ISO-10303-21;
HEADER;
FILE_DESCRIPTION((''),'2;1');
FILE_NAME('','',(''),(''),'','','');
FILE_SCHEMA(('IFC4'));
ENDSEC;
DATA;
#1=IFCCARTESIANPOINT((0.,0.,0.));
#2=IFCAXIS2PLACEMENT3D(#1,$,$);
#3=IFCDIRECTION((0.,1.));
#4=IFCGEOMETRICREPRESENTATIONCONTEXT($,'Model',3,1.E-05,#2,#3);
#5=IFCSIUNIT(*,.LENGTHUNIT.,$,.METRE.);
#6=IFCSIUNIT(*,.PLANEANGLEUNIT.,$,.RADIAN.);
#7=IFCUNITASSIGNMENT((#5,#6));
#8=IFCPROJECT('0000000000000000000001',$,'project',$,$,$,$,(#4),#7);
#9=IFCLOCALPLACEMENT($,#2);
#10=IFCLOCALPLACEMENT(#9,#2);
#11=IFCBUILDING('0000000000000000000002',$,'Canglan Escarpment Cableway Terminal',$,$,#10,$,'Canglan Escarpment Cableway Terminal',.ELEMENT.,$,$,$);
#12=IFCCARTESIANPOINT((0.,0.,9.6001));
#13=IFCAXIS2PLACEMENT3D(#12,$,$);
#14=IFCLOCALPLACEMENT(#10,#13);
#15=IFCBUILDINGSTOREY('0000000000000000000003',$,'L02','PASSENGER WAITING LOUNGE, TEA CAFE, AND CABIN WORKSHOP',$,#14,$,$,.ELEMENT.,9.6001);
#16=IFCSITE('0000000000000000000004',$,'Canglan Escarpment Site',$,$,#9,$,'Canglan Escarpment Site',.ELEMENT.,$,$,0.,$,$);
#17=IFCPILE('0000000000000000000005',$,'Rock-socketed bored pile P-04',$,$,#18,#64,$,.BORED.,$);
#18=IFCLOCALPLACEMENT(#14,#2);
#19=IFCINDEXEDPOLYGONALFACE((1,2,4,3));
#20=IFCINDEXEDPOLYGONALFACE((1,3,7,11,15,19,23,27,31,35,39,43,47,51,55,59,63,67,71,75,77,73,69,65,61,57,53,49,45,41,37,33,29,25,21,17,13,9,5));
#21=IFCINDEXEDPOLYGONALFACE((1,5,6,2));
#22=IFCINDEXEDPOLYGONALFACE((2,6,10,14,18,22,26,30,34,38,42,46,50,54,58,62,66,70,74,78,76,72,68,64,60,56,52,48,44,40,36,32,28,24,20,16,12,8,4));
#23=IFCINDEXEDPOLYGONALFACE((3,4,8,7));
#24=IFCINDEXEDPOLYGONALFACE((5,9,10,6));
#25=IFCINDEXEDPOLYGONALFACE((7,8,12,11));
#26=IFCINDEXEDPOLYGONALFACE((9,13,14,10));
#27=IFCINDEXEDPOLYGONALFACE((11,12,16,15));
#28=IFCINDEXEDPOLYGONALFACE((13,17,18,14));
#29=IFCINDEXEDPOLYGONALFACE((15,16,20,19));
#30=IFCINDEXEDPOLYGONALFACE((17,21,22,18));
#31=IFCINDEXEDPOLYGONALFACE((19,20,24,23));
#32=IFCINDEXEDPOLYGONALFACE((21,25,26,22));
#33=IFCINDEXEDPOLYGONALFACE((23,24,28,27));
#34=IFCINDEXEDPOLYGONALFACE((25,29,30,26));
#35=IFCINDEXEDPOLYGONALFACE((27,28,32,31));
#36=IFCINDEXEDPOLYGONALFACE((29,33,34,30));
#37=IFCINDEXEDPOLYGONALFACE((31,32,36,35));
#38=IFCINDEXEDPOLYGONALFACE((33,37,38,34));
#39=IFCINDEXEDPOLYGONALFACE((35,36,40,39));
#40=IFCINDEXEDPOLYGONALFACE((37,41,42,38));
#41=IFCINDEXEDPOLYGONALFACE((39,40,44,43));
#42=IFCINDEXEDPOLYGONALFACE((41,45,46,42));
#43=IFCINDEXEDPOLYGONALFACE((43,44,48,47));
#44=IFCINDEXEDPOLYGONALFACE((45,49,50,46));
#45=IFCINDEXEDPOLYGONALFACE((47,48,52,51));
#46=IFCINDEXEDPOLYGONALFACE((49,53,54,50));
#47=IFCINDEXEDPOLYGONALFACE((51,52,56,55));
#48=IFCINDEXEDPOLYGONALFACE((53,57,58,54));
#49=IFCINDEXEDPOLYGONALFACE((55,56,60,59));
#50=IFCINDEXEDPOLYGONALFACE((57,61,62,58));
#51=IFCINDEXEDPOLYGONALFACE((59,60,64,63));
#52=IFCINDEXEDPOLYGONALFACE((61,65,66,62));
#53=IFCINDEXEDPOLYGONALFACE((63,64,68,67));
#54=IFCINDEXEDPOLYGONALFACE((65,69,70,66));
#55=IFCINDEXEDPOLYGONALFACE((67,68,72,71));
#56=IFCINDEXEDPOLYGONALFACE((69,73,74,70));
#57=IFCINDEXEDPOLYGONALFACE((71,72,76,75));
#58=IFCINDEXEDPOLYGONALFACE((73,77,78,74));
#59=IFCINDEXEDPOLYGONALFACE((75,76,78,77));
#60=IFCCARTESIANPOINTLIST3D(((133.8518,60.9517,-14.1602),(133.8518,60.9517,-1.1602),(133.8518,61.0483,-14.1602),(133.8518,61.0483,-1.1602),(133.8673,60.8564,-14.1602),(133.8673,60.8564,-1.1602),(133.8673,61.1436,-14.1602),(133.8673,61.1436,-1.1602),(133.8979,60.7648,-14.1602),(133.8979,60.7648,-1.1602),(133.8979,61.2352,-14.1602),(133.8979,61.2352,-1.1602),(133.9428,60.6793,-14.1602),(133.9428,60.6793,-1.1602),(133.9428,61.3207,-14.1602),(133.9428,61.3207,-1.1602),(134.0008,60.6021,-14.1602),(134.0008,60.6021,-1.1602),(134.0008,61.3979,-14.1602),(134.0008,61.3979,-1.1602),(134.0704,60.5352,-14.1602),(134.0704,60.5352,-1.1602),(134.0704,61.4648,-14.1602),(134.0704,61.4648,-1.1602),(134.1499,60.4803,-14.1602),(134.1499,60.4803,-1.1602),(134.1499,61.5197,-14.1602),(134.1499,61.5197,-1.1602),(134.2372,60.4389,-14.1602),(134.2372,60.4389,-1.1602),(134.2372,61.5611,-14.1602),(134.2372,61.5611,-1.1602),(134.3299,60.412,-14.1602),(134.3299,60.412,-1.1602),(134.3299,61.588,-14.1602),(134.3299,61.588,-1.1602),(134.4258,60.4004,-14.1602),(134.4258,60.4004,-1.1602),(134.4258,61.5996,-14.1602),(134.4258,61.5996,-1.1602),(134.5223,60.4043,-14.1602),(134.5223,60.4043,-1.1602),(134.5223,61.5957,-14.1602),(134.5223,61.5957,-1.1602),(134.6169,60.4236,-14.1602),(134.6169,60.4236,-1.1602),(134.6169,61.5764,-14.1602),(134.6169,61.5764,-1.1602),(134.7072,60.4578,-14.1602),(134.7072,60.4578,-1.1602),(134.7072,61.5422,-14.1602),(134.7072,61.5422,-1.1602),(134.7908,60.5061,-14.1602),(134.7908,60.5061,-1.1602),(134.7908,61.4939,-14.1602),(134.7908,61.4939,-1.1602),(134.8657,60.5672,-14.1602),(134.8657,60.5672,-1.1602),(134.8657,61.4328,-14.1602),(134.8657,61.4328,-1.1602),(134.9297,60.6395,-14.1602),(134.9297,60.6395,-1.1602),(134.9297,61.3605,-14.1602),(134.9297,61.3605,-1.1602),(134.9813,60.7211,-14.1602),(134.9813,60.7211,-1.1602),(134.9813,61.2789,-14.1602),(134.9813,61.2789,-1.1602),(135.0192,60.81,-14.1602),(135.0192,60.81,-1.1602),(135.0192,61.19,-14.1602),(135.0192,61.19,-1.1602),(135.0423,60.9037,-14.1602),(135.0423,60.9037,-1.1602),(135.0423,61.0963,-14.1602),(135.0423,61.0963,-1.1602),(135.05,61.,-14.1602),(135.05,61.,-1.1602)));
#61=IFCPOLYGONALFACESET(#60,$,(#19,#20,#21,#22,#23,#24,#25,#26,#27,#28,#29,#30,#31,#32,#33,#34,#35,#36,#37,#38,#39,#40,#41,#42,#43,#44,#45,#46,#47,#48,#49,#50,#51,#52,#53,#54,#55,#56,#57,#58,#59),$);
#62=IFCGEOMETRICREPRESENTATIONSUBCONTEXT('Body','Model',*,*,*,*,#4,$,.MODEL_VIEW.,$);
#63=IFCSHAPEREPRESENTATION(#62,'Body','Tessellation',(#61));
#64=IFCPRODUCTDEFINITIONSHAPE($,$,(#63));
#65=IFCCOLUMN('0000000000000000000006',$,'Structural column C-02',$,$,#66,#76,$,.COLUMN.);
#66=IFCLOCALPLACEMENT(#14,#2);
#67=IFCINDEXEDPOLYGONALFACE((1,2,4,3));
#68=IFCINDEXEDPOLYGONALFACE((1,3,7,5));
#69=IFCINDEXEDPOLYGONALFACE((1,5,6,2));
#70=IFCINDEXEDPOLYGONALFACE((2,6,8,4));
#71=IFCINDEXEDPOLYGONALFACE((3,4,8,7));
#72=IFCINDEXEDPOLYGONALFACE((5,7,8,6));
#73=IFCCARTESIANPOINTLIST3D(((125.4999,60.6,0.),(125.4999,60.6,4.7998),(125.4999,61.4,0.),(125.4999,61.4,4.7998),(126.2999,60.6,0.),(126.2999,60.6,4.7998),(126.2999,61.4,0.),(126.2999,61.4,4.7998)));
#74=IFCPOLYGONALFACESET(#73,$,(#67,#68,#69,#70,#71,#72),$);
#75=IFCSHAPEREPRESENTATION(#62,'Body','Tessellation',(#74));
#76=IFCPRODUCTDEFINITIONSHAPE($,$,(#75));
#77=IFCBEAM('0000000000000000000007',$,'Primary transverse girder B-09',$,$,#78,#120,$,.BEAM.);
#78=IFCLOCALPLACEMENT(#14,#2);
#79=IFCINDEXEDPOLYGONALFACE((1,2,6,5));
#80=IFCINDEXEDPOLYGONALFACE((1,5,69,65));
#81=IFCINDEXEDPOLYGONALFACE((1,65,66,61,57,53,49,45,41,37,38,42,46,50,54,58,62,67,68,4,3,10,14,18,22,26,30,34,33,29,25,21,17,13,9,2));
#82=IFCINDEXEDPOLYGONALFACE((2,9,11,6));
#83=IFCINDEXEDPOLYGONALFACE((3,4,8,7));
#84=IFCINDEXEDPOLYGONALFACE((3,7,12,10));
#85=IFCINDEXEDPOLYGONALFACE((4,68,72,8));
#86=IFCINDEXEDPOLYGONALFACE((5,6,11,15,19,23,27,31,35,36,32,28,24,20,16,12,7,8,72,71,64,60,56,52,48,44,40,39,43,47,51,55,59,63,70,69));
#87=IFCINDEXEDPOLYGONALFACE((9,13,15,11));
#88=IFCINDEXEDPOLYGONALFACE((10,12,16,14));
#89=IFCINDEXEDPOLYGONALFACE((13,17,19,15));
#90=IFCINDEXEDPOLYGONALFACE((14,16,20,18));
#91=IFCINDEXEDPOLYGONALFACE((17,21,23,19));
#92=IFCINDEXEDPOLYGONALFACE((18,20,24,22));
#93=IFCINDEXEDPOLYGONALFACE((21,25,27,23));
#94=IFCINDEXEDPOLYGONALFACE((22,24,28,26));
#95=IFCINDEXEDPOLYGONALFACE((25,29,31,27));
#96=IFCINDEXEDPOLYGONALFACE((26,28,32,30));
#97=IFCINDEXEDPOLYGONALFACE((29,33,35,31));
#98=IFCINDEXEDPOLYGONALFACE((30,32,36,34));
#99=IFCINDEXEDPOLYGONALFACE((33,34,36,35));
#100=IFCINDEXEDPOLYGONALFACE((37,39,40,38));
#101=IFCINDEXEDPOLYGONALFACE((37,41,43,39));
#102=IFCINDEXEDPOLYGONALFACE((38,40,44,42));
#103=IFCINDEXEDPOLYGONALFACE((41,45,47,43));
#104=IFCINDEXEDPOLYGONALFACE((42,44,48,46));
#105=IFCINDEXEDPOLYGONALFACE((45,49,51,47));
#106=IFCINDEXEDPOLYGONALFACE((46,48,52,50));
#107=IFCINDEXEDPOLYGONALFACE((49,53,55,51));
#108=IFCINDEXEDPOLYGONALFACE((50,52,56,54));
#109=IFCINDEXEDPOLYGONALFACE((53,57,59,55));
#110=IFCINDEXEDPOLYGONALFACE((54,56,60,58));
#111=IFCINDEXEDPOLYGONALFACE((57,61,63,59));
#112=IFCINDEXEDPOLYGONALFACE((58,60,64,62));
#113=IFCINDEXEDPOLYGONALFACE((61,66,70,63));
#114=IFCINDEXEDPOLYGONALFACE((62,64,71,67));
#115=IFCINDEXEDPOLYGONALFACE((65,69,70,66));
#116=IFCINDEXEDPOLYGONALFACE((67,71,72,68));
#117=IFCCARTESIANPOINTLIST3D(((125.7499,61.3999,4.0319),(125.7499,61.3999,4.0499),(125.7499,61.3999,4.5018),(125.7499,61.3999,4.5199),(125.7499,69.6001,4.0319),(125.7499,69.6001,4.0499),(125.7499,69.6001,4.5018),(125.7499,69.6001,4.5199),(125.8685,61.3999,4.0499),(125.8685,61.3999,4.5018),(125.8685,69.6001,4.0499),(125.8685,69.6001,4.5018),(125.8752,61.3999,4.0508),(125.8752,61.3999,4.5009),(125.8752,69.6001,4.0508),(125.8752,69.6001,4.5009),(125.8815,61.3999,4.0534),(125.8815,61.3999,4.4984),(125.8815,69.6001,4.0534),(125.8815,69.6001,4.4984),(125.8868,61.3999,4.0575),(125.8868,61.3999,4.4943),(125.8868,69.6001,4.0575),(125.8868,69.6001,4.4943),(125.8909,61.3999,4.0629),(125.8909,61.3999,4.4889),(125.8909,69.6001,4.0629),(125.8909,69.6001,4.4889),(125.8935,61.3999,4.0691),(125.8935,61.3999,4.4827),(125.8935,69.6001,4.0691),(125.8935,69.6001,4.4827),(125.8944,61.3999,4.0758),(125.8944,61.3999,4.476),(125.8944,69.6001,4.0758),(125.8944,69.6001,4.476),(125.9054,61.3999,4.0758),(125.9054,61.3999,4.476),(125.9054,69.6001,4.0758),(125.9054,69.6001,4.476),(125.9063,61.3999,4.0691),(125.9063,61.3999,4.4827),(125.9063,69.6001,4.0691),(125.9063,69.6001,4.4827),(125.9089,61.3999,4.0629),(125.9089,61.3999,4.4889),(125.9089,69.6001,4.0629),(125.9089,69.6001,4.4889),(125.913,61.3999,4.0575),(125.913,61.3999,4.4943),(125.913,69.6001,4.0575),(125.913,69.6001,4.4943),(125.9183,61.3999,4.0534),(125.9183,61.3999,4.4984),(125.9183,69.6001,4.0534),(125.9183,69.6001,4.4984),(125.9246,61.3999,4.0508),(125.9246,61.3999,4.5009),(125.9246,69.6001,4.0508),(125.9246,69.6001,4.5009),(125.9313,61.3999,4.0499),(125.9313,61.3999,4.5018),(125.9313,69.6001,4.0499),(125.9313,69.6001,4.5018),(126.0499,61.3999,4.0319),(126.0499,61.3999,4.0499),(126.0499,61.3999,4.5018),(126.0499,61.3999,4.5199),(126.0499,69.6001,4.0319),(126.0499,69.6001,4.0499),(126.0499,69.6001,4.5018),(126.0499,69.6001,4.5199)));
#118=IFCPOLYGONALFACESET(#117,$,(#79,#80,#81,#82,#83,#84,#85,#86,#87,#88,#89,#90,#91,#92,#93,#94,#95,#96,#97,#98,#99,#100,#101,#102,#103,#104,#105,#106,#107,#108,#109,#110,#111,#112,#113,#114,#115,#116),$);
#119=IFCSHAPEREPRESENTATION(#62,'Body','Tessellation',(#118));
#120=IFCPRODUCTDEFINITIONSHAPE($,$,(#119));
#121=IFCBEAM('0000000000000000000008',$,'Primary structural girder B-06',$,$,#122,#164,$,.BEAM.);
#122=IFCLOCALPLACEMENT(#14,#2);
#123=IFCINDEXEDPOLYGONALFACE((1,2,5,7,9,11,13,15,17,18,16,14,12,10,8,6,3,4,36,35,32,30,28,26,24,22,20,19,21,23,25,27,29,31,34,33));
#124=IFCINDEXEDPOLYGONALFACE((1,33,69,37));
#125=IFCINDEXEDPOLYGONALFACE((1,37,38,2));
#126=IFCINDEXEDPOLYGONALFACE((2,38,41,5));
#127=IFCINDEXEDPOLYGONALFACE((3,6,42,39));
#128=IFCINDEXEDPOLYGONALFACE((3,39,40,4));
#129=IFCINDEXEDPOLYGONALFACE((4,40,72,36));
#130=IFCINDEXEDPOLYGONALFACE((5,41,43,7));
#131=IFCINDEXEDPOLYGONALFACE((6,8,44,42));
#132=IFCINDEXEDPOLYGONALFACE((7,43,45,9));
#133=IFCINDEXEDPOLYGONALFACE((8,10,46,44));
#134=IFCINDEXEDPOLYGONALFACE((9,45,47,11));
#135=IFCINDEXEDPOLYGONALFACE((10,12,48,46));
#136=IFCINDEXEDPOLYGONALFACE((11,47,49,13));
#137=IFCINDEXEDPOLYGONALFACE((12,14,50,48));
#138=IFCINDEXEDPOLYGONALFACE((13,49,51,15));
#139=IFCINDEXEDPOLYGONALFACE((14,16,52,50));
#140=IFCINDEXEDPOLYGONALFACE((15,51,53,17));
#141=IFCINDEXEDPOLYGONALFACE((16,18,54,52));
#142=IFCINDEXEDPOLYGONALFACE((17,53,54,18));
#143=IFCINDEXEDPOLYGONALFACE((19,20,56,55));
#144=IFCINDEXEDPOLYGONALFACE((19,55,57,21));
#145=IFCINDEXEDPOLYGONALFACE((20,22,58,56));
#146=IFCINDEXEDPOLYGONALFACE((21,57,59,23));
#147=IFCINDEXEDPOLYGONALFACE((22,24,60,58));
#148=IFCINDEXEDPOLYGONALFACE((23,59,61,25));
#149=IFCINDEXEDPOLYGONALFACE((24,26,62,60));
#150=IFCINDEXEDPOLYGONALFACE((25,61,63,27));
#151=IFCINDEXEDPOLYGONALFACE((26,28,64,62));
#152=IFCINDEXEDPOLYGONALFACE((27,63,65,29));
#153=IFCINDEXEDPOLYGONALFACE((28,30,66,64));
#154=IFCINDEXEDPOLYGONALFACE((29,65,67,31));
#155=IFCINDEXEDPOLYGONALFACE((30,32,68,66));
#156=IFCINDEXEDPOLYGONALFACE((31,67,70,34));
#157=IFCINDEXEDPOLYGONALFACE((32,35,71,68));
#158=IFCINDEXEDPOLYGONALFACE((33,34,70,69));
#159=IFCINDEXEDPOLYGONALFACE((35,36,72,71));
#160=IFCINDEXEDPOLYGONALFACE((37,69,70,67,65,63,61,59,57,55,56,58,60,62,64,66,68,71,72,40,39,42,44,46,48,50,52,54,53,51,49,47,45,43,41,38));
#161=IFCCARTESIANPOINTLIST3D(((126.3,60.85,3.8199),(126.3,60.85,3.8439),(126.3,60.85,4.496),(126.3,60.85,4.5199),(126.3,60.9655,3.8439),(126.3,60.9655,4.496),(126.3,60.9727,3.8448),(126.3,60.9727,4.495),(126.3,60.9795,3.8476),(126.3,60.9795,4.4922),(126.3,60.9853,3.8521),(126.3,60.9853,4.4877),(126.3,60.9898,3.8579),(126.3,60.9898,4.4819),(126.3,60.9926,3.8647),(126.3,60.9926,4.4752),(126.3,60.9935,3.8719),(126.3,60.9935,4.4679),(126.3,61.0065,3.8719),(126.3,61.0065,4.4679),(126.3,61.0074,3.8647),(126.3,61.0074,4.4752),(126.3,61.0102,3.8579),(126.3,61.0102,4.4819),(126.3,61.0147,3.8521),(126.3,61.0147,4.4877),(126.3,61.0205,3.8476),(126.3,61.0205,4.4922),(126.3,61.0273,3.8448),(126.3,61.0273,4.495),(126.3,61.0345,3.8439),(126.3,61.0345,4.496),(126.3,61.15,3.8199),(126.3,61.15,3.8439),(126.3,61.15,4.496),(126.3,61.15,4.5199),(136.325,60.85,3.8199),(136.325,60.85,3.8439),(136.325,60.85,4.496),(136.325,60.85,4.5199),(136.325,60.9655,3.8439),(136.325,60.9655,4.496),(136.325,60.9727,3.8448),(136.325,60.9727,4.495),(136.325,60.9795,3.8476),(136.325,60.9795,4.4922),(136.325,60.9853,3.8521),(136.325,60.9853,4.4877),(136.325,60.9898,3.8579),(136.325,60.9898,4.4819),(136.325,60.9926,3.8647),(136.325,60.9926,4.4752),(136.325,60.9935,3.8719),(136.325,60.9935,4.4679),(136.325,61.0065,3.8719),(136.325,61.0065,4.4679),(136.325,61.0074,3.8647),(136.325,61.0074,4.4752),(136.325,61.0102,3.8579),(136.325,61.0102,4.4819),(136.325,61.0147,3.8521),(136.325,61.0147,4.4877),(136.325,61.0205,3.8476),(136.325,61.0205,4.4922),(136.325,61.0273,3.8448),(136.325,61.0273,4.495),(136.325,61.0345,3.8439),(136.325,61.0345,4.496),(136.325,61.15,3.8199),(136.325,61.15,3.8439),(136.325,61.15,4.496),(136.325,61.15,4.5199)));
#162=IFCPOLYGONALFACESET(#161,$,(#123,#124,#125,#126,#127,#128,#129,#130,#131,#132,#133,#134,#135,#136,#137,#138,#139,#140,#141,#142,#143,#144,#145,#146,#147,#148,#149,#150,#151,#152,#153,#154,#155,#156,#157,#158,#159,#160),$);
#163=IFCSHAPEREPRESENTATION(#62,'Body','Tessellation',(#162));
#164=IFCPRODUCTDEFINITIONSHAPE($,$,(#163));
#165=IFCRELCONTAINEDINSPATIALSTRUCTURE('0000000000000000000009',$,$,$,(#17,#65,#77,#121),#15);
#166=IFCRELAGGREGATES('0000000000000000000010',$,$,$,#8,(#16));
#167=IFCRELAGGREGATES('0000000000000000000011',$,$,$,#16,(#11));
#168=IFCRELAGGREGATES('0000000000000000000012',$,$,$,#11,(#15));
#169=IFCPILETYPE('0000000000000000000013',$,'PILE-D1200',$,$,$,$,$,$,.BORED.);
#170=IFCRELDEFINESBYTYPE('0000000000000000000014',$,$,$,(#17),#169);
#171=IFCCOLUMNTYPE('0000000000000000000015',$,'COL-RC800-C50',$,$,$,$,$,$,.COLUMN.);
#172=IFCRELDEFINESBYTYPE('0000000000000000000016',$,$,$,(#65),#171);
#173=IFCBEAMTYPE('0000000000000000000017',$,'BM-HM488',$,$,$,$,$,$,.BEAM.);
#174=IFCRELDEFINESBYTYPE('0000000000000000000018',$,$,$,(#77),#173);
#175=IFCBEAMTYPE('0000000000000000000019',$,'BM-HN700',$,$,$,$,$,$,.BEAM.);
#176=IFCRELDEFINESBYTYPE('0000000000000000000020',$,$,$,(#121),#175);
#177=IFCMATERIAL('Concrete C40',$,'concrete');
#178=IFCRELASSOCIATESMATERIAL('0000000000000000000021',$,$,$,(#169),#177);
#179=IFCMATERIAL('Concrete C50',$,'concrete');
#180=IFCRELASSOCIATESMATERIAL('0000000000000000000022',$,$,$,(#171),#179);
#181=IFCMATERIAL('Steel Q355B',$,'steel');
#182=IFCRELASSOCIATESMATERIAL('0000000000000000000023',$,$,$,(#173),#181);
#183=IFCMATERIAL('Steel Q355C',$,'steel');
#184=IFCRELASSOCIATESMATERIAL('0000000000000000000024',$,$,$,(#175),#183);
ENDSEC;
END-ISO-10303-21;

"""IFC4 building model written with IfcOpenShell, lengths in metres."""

from ifc_helpers import new_model, si_unit, direction, frame, origin, origin_2d, place, context, subcontext, project, spatial, rectangle, circle, i_section, extrude, material, material_profile, profile_set, type_object, element, save


model = new_model("IFC4")

# Units and contexts
model_context = context("Model", 3, precision=1e-05, world=origin(), true_north=direction((0.0, 1.0)))
body_context = subcontext(model_context, "Body", "Model", "MODEL_VIEW")
ifc_project = project(units=[si_unit("LENGTHUNIT", "METRE"), si_unit("PLANEANGLEUNIT", "RADIAN")], contexts=[model_context])

# Site, building, storey
site_placement = place(None, origin())
site = spatial("IfcSite", under=ifc_project, at=site_placement, Name="Canglan Escarpment Site", LongName="Canglan Escarpment Site", CompositionType="ELEMENT", RefElevation=0.0)
building_placement = place(site_placement, origin())
building = spatial("IfcBuilding", under=site, at=building_placement, Name="Canglan Escarpment Cableway Terminal", LongName="Canglan Escarpment Cableway Terminal", CompositionType="ELEMENT")
storey_placement = place(building_placement, frame((0.0, 0.0, 9.6001)))
storey = spatial("IfcBuildingStorey", under=building, at=storey_placement, Name="L02", Description="PASSENGER WAITING LOUNGE, TEA CAFE, AND CABIN WORKSHOP", CompositionType="ELEMENT", Elevation=9.6001)

# Shared definitions
ifc_material_1 = material(Name="Concrete C40", Category="concrete")

# Pile
ifc_material_profile_1 = material_profile(ifc_material_1, circle(Radius=0.6001, at=origin_2d()), Name="BORED PILE D1200")
ifc_profile_set_1 = profile_set([ifc_material_profile_1], Name="Concrete C40")
pile_type = type_object("IfcPileType", Name="PILE-D1200", PredefinedType="BORED", material=ifc_profile_set_1)
for number, where, z_axis, x_axis, name in (
    (1, (134.45, 61.0, -1.1602), (0.0, 0.0, -1.0), (1.0, 0.0, 0.0), "Rock-socketed bored pile P-04"),
):
    element("IfcPile", number, at=place(storey_placement, frame(where, z_axis=z_axis, x_axis=x_axis)), inside=storey, type_object=pile_type, Name=name, PredefinedType="BORED", context=body_context, shape_type="SweptSolid", body=[
        extrude(circle(Radius=0.6001, at=origin_2d()), origin(), (0.0, 0.0, 1.0), 13.0),
    ])

# Column
ifc_material_2 = material(Name="Concrete C50", Category="concrete")
ifc_material_profile_2 = material_profile(ifc_material_2, rectangle(XDim=0.8, YDim=0.8, at=origin_2d()), Name="RC 800x800")
ifc_profile_set_2 = profile_set([ifc_material_profile_2], Name="Concrete C50")
column_type = type_object("IfcColumnType", Name="COL-RC800-C50", PredefinedType="COLUMN", material=ifc_profile_set_2)
column_placement = place(storey_placement, frame((125.8999, 61.0, 0.0), z_axis=(0.0, 0.0, 1.0), x_axis=(1.0, 0.0, 0.0)))
element("IfcColumn", 2, at=column_placement, inside=storey, type_object=column_type, Name="Structural column C-02", PredefinedType="COLUMN", context=body_context, shape_type="SweptSolid", body=[
    extrude(rectangle(XDim=0.8, YDim=0.8, at=origin_2d()), origin(), (0.0, 0.0, 1.0), 4.7998),
])

# Beams
ifc_material_3 = material(Name="Steel Q355B", Category="steel")
ifc_material_profile_3 = material_profile(ifc_material_3, i_section(OverallWidth=0.3, OverallDepth=0.488, WebThickness=0.011, FlangeThickness=0.0181, FilletRadius=0.0259, at=origin_2d()), Name="HM 488x300x11x18")
ifc_profile_set_3 = profile_set([ifc_material_profile_3], Name="Steel Q355B")
beam_type_1 = type_object("IfcBeamType", Name="BM-HM488", PredefinedType="BEAM", material=ifc_profile_set_3)
beam_1_placement = place(storey_placement, frame((125.8999, 61.3999, 4.2759), z_axis=(0.0, 1.0, 0.0), x_axis=(-1.0, 0.0, 0.0)))
element("IfcBeam", 3, at=beam_1_placement, inside=storey, type_object=beam_type_1, Name="Primary transverse girder B-09", PredefinedType="BEAM", context=body_context, shape_type="SweptSolid", body=[
    extrude(i_section(OverallWidth=0.3, OverallDepth=0.488, WebThickness=0.011, FlangeThickness=0.0181, FilletRadius=0.0259, at=origin_2d()), origin(), (0.0, 0.0, 1.0), 8.2002),
])
ifc_material_4 = material(Name="Steel Q355C", Category="steel")
ifc_material_profile_4 = material_profile(ifc_material_4, i_section(OverallWidth=0.3, OverallDepth=0.7, WebThickness=0.0129, FlangeThickness=0.0239, FilletRadius=0.0281, at=origin_2d()), Name="HN 700x300x13x24")
ifc_profile_set_4 = profile_set([ifc_material_profile_4], Name="Steel Q355C")
beam_type_2 = type_object("IfcBeamType", Name="BM-HN700", PredefinedType="BEAM", material=ifc_profile_set_4)
beam_2_placement = place(storey_placement, frame((126.3, 61.0, 4.1699), z_axis=(1.0, 0.0, 0.0), x_axis=(0.0, 1.0, 0.0)))
element("IfcBeam", 4, at=beam_2_placement, inside=storey, type_object=beam_type_2, Name="Primary structural girder B-06", PredefinedType="BEAM", context=body_context, shape_type="SweptSolid", body=[
    extrude(i_section(OverallWidth=0.3, OverallDepth=0.7, WebThickness=0.0129, FlangeThickness=0.0239, FilletRadius=0.0281, at=origin_2d()), origin(), (0.0, 0.0, 1.0), 10.0249),
])

save(model, "model.ifc")
